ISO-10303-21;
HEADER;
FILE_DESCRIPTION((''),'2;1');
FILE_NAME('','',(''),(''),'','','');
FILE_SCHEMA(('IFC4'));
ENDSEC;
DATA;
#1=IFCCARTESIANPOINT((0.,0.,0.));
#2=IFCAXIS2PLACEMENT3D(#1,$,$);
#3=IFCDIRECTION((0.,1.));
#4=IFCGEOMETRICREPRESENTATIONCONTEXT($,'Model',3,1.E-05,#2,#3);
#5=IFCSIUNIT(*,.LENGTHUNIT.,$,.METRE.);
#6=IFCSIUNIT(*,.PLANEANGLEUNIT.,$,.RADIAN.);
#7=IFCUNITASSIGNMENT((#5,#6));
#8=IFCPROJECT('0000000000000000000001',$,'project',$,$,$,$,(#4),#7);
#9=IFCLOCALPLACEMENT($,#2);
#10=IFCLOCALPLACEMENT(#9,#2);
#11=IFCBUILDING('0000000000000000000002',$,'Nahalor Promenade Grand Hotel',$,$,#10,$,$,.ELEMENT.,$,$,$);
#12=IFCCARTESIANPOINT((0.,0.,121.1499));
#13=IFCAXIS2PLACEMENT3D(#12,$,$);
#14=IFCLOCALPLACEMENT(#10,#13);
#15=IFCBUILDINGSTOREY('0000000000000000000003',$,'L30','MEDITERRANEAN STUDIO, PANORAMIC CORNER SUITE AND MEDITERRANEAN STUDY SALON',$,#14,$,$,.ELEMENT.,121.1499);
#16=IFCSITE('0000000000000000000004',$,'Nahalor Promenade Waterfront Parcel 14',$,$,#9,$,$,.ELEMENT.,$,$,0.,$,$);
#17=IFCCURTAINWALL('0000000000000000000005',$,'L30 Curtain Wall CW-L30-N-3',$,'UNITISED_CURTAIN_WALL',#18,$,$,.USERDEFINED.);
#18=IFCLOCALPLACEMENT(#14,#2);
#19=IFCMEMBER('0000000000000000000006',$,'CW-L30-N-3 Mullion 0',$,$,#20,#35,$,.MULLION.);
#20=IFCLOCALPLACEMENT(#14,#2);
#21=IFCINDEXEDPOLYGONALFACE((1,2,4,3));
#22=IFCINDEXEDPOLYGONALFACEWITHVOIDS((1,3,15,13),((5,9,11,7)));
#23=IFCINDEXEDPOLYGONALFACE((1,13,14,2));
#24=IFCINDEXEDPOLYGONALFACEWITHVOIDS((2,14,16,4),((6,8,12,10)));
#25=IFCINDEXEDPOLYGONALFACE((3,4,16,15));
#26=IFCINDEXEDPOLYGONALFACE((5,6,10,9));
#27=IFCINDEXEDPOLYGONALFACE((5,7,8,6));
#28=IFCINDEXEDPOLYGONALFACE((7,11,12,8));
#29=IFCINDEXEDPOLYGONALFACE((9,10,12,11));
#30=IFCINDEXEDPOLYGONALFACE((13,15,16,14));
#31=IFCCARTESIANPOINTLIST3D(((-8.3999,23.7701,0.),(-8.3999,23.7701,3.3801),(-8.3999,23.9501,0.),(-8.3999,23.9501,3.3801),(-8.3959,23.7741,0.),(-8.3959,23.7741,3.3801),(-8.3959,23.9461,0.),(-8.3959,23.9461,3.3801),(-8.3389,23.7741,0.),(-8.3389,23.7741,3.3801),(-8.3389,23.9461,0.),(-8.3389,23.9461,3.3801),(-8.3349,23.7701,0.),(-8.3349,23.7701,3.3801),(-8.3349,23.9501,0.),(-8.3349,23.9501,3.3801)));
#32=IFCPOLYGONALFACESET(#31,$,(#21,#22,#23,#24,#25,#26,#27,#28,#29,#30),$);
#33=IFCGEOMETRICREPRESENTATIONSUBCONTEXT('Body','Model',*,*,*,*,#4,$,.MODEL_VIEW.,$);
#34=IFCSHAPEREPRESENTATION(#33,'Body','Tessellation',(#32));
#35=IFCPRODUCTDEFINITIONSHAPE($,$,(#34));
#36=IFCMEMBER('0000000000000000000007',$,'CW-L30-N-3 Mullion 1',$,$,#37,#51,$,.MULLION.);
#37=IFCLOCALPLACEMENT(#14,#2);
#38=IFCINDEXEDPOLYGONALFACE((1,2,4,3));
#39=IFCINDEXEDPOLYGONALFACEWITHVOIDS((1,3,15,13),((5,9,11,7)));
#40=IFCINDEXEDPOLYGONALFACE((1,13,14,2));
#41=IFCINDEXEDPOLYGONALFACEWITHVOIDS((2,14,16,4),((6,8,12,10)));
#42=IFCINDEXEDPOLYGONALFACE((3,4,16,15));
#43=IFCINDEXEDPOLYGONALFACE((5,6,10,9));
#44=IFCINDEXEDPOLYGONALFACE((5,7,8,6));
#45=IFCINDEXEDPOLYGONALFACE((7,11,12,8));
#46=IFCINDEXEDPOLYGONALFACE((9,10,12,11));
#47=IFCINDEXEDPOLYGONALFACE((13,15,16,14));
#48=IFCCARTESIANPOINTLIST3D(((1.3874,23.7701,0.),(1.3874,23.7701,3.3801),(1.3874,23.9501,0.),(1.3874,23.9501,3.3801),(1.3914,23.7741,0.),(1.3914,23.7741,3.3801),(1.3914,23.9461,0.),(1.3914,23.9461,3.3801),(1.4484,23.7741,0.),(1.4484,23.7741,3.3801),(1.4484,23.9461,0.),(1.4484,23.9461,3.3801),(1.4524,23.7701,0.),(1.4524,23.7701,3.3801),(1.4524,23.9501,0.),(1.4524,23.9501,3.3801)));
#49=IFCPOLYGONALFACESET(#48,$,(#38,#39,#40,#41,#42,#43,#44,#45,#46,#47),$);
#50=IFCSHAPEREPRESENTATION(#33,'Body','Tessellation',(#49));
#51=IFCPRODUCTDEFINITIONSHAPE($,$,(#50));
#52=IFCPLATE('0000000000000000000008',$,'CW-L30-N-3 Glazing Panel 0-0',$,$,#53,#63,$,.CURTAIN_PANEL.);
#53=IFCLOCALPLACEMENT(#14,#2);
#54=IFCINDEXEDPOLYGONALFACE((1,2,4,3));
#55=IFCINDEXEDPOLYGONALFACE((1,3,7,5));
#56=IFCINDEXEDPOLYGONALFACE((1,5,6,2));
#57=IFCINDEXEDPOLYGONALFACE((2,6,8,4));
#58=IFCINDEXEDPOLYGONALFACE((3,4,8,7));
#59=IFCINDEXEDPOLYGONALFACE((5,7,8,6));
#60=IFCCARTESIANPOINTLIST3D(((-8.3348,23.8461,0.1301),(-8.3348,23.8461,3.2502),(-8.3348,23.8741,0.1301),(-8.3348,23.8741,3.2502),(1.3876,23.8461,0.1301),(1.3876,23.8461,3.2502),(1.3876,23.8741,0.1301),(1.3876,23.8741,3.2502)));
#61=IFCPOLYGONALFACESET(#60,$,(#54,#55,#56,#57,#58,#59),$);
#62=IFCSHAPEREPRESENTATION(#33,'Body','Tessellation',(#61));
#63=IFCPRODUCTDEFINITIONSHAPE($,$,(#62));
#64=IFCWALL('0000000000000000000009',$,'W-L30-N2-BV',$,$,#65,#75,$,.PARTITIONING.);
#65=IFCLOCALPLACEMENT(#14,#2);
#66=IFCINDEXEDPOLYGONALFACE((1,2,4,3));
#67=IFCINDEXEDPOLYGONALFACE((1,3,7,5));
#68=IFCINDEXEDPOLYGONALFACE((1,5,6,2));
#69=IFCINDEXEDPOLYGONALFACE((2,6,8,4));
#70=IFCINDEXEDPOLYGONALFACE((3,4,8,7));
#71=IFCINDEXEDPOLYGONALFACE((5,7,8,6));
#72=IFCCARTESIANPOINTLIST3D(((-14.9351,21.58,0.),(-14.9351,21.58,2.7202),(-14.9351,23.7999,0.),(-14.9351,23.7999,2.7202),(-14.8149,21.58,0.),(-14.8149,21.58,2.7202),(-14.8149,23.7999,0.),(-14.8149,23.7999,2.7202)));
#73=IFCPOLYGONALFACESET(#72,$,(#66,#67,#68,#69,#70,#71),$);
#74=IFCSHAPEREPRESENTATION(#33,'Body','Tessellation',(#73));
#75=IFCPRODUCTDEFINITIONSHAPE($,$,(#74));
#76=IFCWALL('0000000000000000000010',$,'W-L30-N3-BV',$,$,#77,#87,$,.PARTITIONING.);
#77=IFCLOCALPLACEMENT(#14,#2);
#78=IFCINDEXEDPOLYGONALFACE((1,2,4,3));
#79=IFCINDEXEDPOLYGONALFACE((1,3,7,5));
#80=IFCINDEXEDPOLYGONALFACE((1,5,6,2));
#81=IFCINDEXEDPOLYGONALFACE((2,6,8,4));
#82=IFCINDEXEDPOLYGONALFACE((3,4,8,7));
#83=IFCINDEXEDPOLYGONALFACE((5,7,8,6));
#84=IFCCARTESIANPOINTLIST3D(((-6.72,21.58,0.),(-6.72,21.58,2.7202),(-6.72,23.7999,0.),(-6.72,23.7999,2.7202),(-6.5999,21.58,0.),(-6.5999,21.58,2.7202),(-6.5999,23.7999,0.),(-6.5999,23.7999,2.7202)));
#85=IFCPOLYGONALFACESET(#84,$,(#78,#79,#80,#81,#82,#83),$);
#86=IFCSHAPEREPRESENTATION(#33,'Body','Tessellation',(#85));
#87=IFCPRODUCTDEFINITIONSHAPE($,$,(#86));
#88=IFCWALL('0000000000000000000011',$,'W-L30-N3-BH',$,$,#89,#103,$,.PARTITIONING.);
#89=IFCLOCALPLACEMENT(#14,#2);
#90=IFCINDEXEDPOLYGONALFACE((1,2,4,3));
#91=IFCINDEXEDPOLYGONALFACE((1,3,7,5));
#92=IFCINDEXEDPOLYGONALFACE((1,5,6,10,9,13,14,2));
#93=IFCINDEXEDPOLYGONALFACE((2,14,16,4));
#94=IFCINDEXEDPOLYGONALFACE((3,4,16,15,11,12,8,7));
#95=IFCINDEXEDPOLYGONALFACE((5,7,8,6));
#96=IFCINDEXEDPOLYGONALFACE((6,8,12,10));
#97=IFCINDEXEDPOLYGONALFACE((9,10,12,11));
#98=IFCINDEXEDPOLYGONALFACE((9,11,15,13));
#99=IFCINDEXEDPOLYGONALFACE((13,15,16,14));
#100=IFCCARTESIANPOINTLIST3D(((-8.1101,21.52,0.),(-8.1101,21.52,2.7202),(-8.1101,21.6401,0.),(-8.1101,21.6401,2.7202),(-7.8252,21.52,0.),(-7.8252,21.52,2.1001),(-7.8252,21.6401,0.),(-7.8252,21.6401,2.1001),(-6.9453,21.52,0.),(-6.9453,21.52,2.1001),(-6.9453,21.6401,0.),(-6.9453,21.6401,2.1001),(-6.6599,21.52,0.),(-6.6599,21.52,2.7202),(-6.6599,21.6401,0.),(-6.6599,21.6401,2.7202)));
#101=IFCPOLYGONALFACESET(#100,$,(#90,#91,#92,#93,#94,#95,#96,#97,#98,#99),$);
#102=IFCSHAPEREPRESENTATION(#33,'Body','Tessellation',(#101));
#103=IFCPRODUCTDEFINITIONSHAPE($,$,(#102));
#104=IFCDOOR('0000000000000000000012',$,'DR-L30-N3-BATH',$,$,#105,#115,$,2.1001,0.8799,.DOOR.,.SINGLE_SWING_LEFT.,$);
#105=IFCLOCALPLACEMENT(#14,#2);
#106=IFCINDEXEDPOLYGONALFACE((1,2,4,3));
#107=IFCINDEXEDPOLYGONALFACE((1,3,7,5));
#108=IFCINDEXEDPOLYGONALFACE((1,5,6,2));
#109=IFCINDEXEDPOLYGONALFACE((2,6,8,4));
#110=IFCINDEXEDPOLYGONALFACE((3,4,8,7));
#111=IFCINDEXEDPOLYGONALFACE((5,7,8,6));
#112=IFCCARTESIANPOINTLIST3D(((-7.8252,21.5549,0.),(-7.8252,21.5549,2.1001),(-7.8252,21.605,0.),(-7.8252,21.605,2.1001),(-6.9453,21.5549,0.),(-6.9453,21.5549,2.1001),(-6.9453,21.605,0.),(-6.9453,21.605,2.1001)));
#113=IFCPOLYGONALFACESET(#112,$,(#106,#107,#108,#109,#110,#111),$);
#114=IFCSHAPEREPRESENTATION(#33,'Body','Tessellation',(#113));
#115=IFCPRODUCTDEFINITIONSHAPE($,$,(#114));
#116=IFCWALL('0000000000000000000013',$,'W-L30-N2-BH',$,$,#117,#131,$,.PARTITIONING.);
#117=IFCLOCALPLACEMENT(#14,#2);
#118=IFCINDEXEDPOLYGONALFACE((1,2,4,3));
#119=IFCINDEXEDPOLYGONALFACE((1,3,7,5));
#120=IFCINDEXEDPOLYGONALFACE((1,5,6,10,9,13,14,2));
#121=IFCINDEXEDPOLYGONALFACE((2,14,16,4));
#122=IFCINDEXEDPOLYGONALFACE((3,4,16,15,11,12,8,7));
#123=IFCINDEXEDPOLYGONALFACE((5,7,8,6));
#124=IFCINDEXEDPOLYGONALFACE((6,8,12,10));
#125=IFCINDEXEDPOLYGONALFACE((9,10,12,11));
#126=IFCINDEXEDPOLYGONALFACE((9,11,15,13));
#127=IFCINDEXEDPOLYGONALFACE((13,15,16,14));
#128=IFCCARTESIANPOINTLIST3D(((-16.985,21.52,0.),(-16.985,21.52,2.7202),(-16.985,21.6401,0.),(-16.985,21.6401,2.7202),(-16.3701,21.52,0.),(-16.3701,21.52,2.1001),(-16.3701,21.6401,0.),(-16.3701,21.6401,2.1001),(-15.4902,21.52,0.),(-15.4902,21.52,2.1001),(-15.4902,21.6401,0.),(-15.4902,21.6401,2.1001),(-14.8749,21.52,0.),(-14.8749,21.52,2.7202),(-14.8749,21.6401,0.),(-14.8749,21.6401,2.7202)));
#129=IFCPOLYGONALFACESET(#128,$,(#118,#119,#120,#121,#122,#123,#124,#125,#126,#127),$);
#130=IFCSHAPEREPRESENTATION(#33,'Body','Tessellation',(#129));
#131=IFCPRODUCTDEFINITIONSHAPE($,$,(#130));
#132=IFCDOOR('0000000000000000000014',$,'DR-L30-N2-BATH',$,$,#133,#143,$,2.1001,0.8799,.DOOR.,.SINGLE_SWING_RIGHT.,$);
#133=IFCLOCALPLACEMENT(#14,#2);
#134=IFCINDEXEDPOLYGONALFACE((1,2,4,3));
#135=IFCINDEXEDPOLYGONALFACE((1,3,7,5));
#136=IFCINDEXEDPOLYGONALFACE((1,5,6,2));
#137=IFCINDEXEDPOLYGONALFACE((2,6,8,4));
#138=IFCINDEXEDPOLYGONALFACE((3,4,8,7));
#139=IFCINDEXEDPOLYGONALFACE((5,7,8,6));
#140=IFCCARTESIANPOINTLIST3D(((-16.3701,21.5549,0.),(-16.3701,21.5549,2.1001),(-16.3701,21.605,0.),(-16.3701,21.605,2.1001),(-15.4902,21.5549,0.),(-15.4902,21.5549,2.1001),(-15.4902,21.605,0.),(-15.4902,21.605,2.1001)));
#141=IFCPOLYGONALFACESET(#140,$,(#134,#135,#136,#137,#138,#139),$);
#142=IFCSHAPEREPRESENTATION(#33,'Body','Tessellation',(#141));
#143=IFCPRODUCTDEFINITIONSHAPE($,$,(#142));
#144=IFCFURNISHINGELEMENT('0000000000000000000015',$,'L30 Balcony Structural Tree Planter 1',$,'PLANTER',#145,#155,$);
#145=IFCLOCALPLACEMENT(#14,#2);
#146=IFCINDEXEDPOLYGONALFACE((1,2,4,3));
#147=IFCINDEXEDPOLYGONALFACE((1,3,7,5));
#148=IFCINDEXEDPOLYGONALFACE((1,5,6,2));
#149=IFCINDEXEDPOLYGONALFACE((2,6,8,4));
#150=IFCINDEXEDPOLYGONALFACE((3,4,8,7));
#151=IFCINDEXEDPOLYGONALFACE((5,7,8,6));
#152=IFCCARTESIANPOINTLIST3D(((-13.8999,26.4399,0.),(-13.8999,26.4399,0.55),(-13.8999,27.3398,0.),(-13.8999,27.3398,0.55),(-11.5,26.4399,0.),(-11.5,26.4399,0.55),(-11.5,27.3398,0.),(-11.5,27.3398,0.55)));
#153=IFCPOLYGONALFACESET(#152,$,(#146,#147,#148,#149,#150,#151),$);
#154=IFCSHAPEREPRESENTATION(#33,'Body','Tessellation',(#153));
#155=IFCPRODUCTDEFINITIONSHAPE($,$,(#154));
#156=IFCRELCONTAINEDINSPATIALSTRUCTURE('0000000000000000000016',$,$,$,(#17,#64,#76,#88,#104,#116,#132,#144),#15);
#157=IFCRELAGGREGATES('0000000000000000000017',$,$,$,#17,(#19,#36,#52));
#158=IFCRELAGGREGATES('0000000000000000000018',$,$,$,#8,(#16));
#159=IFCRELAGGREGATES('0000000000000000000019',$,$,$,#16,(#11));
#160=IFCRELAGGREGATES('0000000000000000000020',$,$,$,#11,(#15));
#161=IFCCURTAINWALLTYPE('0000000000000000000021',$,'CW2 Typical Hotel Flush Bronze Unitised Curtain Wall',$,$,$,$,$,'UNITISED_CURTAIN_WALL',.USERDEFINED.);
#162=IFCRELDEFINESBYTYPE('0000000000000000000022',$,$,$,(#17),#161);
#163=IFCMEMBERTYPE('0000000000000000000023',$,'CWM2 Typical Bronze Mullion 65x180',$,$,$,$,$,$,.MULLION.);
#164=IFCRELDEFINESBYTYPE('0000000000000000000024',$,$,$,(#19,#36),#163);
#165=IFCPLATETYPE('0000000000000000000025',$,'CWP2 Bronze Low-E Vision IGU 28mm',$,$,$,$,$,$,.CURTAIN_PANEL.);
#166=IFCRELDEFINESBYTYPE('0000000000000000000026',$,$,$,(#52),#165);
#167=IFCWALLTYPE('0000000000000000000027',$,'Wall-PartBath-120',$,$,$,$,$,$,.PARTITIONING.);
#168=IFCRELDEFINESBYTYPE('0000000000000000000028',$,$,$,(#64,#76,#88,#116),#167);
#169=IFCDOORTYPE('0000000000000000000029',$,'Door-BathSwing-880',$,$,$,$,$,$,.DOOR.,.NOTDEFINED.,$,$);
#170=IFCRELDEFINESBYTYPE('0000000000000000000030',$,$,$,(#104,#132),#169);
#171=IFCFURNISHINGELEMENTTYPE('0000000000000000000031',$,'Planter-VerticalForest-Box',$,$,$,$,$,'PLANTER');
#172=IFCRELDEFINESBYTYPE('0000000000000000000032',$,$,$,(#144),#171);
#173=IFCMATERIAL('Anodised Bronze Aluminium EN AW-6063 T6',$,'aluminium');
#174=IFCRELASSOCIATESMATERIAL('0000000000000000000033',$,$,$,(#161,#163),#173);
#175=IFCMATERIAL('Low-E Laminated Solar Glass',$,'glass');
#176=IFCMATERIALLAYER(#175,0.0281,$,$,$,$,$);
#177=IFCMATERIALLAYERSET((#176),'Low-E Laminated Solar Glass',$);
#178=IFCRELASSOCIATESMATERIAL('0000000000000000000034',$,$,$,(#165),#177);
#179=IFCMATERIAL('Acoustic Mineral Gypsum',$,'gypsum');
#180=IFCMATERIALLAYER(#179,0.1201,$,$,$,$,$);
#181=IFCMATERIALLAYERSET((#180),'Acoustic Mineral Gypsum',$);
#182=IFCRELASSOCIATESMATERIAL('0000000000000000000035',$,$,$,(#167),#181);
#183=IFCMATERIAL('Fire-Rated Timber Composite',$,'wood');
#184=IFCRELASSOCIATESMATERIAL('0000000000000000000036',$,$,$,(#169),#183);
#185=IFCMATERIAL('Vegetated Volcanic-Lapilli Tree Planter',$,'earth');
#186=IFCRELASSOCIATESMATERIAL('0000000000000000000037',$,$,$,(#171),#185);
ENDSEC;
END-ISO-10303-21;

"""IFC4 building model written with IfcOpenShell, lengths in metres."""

from ifc_helpers import new_model, si_unit, direction, frame, frame_2d, origin, origin_2d, place, context, subcontext, project, spatial, rectangle, hollow_rectangle, extrude, source, transform, mapped, material, layer, layer_set, material_profile, profile_set, type_object, element, fill, aggregate, save


model = new_model("IFC4")

# Units and contexts
model_context = context("Model", 3, precision=1e-05, world=origin(), true_north=direction((0.0, 1.0)))
body_context = subcontext(model_context, "Body", "Model", "MODEL_VIEW")
ifc_project = project(units=[si_unit("LENGTHUNIT", "METRE"), si_unit("PLANEANGLEUNIT", "RADIAN")], contexts=[model_context])

# Site, building, storey
site_placement = place(None, origin())
site = spatial("IfcSite", under=ifc_project, at=site_placement, Name="Nahalor Promenade Waterfront Parcel 14", CompositionType="ELEMENT", RefElevation=0.0)
building_placement = place(site_placement, origin())
building = spatial("IfcBuilding", under=site, at=building_placement, Name="Nahalor Promenade Grand Hotel", CompositionType="ELEMENT")
storey_placement = place(building_placement, frame((0.0, 0.0, 121.1499)))
storey = spatial("IfcBuildingStorey", under=building, at=storey_placement, Name="L30", Description="MEDITERRANEAN STUDIO, PANORAMIC CORNER SUITE AND MEDITERRANEAN STUDY SALON", CompositionType="ELEMENT", Elevation=121.1499)

# Curtain wall, members, plate
ifc_material_1 = material(Name="Anodised Bronze Aluminium EN AW-6063 T6", Category="aluminium")
curtain_wall_type = type_object("IfcCurtainWallType", Name="CW2 Typical Hotel Flush Bronze Unitised Curtain Wall", ElementType="UNITISED_CURTAIN_WALL", PredefinedType="USERDEFINED", material=ifc_material_1)
curtain_wall_placement = place(storey_placement, origin())
curtain_wall = element("IfcCurtainWall", 1, at=curtain_wall_placement, inside=storey, type_object=curtain_wall_type, Name="L30 Curtain Wall CW-L30-N-3", ObjectType="UNITISED_CURTAIN_WALL", PredefinedType="USERDEFINED")
ifc_material_profile_1 = material_profile(ifc_material_1, hollow_rectangle(XDim=0.065, YDim=0.18, WallThickness=0.004, at=origin_2d()), Name="CWM 65x180x4")
ifc_profile_set_1 = profile_set([ifc_material_profile_1], Name="Anodised Bronze Aluminium EN AW-6063 T6")
member_type_1 = type_object("IfcMemberType", Name="CWM2 Typical Bronze Mullion 65x180", PredefinedType="MULLION", material=ifc_profile_set_1)
shared_shape_1 = source(origin(), body_context, "Body", "SweptSolid", [
    extrude(hollow_rectangle(XDim=0.065, YDim=0.18, WallThickness=0.004, at=origin_2d()), origin(), (0.0, 0.0, 1.0), 3.3801),
])
member_1_placement = place(storey_placement, frame((-8.3674, 23.8601, 0.0), z_axis=(0.0, 0.0, 1.0), x_axis=(1.0, 0.0, 0.0)))
member_1 = element("IfcMember", 2, at=member_1_placement, type_object=member_type_1, Name="CW-L30-N-3 Mullion 0", PredefinedType="MULLION", context=body_context, shape_type="MappedRepresentation", body=[
    mapped(shared_shape_1, transform((0.0, 0.0, 0.0), scale=1.0)),
])
member_2_placement = place(storey_placement, frame((1.4199, 23.8601, 0.0), z_axis=(0.0, 0.0, 1.0), x_axis=(1.0, 0.0, 0.0)))
member_2 = element("IfcMember", 3, at=member_2_placement, type_object=member_type_1, Name="CW-L30-N-3 Mullion 1", PredefinedType="MULLION", context=body_context, shape_type="MappedRepresentation", body=[
    mapped(shared_shape_1, transform((0.0, 0.0, 0.0), scale=1.0)),
])
ifc_material_2 = material(Name="Low-E Laminated Solar Glass", Category="glass")
ifc_layer_1 = layer(ifc_material_2, 0.0281)
ifc_layer_set_1 = layer_set([ifc_layer_1], Name="Low-E Laminated Solar Glass")
plate_type = type_object("IfcPlateType", Name="CWP2 Bronze Low-E Vision IGU 28mm", PredefinedType="CURTAIN_PANEL", material=ifc_layer_set_1)
shared_shape_2 = source(origin(), body_context, "Body", "SweptSolid", [
    extrude(rectangle(XDim=9.7224, YDim=0.0281, at=origin_2d()), origin(), (0.0, 0.0, 1.0), 3.1201),
])
plate_placement = place(storey_placement, frame((-3.4736, 23.8601, 0.1301), z_axis=(0.0, 0.0, 1.0), x_axis=(1.0, 0.0, 0.0)))
plate = element("IfcPlate", 4, at=plate_placement, type_object=plate_type, Name="CW-L30-N-3 Glazing Panel 0-0", PredefinedType="CURTAIN_PANEL", context=body_context, shape_type="MappedRepresentation", body=[
    mapped(shared_shape_2, transform((0.0, 0.0, 0.0), scale=1.0)),
])
aggregate(curtain_wall, [member_1, member_2, plate])

# Walls
ifc_material_3 = material(Name="Acoustic Mineral Gypsum", Category="gypsum")
ifc_layer_2 = layer(ifc_material_3, 0.1201)
ifc_layer_set_2 = layer_set([ifc_layer_2], Name="Acoustic Mineral Gypsum")
wall_type = type_object("IfcWallType", Name="Wall-PartBath-120", PredefinedType="PARTITIONING", material=ifc_layer_set_2)
shared_shape_3 = source(origin(), body_context, "Body", "SweptSolid", [
    extrude(rectangle(XDim=2.22, YDim=0.1201, at=frame_2d((1.1099, 0.0))), origin(), (0.0, 0.0, 1.0), 2.7202),
])
for number, where, z_axis, x_axis, name in (
    (5, (-14.875, 21.5801, 0.0), (0.0, 0.0, 1.0), (0.0, 1.0, 0.0), "W-L30-N2-BV"),
    (6, (-6.6599, 21.5801, 0.0), (0.0, 0.0, 1.0), (0.0, 1.0, 0.0), "W-L30-N3-BV"),
):
    element("IfcWall", number, at=place(storey_placement, frame(where, z_axis=z_axis, x_axis=x_axis)), inside=storey, type_object=wall_type, Name=name, PredefinedType="PARTITIONING", context=body_context, shape_type="MappedRepresentation", body=[
        mapped(shared_shape_3, transform((0.0, 0.0, 0.0), scale=1.0)),
    ])

# Walls, openings, doors
shared_shape_4 = source(origin(), body_context, "Body", "SweptSolid", [
    extrude(rectangle(XDim=1.4502, YDim=0.1201, at=frame_2d((0.7251, 0.0))), origin(), (0.0, 0.0, 1.0), 2.7202),
])
wall_1_placement = place(storey_placement, frame((-8.1101, 21.5801, 0.0), z_axis=(0.0, 0.0, 1.0), x_axis=(1.0, 0.0, 0.0)))
wall_1 = element("IfcWall", 7, at=wall_1_placement, inside=storey, type_object=wall_type, Name="W-L30-N3-BH", PredefinedType="PARTITIONING", context=body_context, shape_type="MappedRepresentation", body=[
    mapped(shared_shape_4, transform((0.0, 0.0, 0.0), scale=1.0)),
])
opening_1_placement = place(wall_1_placement, frame((0.2849, 0.0, 0.0)))
opening_1 = element("IfcOpeningElement", 8, at=opening_1_placement, cuts=wall_1, PredefinedType="OPENING", context=body_context, shape_type="SweptSolid", body=[
    extrude(rectangle(XDim=0.8799, YDim=2.1001, at=frame_2d((0.4399, 1.05))), frame((0.0, 0.0701, 0.0), z_axis=(0.0, -1.0, 0.0), x_axis=(1.0, 0.0, 0.0)), (0.0, 0.0, 1.0), 0.1401),
])
ifc_material_4 = material(Name="Fire-Rated Timber Composite", Category="wood")
door_type = type_object("IfcDoorType", Name="Door-BathSwing-880", OperationType="NOTDEFINED", PredefinedType="DOOR", material=ifc_material_4)
shared_shape_5 = source(origin(), body_context, "Body", "SweptSolid", [
    extrude(rectangle(XDim=0.8799, YDim=2.1001, at=frame_2d((0.4399, 1.05))), frame((0.0, 0.0249, 0.0), z_axis=(0.0, -1.0, 0.0), x_axis=(1.0, 0.0, 0.0)), (0.0, 0.0, 1.0), 0.05),
])
door_1_placement = place(opening_1_placement, origin())
door_1 = element("IfcDoor", 9, at=door_1_placement, inside=storey, type_object=door_type, Name="DR-L30-N3-BATH", OperationType="SINGLE_SWING_LEFT", OverallHeight=2.1001, OverallWidth=0.8799, PredefinedType="DOOR", context=body_context, shape_type="MappedRepresentation", body=[
    mapped(shared_shape_5, transform((0.0, 0.0, 0.0), scale=1.0)),
])
fill(opening_1, door_1)
shared_shape_6 = source(origin(), body_context, "Body", "SweptSolid", [
    extrude(rectangle(XDim=2.1101, YDim=0.1201, at=frame_2d((1.0552, 0.0))), origin(), (0.0, 0.0, 1.0), 2.7202),
])
wall_2_placement = place(storey_placement, frame((-16.9851, 21.5801, 0.0), z_axis=(0.0, 0.0, 1.0), x_axis=(1.0, 0.0, 0.0)))
wall_2 = element("IfcWall", 10, at=wall_2_placement, inside=storey, type_object=wall_type, Name="W-L30-N2-BH", PredefinedType="PARTITIONING", context=body_context, shape_type="MappedRepresentation", body=[
    mapped(shared_shape_6, transform((0.0, 0.0, 0.0), scale=1.0)),
])
opening_2_placement = place(wall_2_placement, frame((0.615, 0.0, 0.0)))
opening_2 = element("IfcOpeningElement", 11, at=opening_2_placement, cuts=wall_2, PredefinedType="OPENING", context=body_context, shape_type="SweptSolid", body=[
    extrude(rectangle(XDim=0.8799, YDim=2.1001, at=frame_2d((0.4399, 1.05))), frame((0.0, 0.0701, 0.0), z_axis=(0.0, -1.0, 0.0), x_axis=(1.0, 0.0, 0.0)), (0.0, 0.0, 1.0), 0.1401),
])
door_2_placement = place(opening_2_placement, origin())
door_2 = element("IfcDoor", 12, at=door_2_placement, inside=storey, type_object=door_type, Name="DR-L30-N2-BATH", OperationType="SINGLE_SWING_RIGHT", OverallHeight=2.1001, OverallWidth=0.8799, PredefinedType="DOOR", context=body_context, shape_type="MappedRepresentation", body=[
    mapped(shared_shape_5, transform((0.0, 0.0, 0.0), scale=1.0)),
])
fill(opening_2, door_2)

# Furnishing element
ifc_material_5 = material(Name="Vegetated Volcanic-Lapilli Tree Planter", Category="earth")
furnishing_element_type = type_object("IfcFurnishingElementType", Name="Planter-VerticalForest-Box", ElementType="PLANTER", material=ifc_material_5)
shared_shape_7 = source(origin(), body_context, "Body", "SweptSolid", [
    extrude(rectangle(XDim=2.3999, YDim=0.8999, at=origin_2d()), origin(), (0.0, 0.0, 1.0), 0.55),
])
furnishing_placement = place(storey_placement, frame((-12.7, 26.8899, 0.0), z_axis=(0.0, 0.0, 1.0), x_axis=(1.0, 0.0, 0.0)))
element("IfcFurnishingElement", 13, at=furnishing_placement, inside=storey, type_object=furnishing_element_type, Name="L30 Balcony Structural Tree Planter 1", ObjectType="PLANTER", context=body_context, shape_type="MappedRepresentation", body=[
    mapped(shared_shape_7, transform((0.0, 0.0, 0.0), scale=1.0)),
])

save(model, "model.ifc")
